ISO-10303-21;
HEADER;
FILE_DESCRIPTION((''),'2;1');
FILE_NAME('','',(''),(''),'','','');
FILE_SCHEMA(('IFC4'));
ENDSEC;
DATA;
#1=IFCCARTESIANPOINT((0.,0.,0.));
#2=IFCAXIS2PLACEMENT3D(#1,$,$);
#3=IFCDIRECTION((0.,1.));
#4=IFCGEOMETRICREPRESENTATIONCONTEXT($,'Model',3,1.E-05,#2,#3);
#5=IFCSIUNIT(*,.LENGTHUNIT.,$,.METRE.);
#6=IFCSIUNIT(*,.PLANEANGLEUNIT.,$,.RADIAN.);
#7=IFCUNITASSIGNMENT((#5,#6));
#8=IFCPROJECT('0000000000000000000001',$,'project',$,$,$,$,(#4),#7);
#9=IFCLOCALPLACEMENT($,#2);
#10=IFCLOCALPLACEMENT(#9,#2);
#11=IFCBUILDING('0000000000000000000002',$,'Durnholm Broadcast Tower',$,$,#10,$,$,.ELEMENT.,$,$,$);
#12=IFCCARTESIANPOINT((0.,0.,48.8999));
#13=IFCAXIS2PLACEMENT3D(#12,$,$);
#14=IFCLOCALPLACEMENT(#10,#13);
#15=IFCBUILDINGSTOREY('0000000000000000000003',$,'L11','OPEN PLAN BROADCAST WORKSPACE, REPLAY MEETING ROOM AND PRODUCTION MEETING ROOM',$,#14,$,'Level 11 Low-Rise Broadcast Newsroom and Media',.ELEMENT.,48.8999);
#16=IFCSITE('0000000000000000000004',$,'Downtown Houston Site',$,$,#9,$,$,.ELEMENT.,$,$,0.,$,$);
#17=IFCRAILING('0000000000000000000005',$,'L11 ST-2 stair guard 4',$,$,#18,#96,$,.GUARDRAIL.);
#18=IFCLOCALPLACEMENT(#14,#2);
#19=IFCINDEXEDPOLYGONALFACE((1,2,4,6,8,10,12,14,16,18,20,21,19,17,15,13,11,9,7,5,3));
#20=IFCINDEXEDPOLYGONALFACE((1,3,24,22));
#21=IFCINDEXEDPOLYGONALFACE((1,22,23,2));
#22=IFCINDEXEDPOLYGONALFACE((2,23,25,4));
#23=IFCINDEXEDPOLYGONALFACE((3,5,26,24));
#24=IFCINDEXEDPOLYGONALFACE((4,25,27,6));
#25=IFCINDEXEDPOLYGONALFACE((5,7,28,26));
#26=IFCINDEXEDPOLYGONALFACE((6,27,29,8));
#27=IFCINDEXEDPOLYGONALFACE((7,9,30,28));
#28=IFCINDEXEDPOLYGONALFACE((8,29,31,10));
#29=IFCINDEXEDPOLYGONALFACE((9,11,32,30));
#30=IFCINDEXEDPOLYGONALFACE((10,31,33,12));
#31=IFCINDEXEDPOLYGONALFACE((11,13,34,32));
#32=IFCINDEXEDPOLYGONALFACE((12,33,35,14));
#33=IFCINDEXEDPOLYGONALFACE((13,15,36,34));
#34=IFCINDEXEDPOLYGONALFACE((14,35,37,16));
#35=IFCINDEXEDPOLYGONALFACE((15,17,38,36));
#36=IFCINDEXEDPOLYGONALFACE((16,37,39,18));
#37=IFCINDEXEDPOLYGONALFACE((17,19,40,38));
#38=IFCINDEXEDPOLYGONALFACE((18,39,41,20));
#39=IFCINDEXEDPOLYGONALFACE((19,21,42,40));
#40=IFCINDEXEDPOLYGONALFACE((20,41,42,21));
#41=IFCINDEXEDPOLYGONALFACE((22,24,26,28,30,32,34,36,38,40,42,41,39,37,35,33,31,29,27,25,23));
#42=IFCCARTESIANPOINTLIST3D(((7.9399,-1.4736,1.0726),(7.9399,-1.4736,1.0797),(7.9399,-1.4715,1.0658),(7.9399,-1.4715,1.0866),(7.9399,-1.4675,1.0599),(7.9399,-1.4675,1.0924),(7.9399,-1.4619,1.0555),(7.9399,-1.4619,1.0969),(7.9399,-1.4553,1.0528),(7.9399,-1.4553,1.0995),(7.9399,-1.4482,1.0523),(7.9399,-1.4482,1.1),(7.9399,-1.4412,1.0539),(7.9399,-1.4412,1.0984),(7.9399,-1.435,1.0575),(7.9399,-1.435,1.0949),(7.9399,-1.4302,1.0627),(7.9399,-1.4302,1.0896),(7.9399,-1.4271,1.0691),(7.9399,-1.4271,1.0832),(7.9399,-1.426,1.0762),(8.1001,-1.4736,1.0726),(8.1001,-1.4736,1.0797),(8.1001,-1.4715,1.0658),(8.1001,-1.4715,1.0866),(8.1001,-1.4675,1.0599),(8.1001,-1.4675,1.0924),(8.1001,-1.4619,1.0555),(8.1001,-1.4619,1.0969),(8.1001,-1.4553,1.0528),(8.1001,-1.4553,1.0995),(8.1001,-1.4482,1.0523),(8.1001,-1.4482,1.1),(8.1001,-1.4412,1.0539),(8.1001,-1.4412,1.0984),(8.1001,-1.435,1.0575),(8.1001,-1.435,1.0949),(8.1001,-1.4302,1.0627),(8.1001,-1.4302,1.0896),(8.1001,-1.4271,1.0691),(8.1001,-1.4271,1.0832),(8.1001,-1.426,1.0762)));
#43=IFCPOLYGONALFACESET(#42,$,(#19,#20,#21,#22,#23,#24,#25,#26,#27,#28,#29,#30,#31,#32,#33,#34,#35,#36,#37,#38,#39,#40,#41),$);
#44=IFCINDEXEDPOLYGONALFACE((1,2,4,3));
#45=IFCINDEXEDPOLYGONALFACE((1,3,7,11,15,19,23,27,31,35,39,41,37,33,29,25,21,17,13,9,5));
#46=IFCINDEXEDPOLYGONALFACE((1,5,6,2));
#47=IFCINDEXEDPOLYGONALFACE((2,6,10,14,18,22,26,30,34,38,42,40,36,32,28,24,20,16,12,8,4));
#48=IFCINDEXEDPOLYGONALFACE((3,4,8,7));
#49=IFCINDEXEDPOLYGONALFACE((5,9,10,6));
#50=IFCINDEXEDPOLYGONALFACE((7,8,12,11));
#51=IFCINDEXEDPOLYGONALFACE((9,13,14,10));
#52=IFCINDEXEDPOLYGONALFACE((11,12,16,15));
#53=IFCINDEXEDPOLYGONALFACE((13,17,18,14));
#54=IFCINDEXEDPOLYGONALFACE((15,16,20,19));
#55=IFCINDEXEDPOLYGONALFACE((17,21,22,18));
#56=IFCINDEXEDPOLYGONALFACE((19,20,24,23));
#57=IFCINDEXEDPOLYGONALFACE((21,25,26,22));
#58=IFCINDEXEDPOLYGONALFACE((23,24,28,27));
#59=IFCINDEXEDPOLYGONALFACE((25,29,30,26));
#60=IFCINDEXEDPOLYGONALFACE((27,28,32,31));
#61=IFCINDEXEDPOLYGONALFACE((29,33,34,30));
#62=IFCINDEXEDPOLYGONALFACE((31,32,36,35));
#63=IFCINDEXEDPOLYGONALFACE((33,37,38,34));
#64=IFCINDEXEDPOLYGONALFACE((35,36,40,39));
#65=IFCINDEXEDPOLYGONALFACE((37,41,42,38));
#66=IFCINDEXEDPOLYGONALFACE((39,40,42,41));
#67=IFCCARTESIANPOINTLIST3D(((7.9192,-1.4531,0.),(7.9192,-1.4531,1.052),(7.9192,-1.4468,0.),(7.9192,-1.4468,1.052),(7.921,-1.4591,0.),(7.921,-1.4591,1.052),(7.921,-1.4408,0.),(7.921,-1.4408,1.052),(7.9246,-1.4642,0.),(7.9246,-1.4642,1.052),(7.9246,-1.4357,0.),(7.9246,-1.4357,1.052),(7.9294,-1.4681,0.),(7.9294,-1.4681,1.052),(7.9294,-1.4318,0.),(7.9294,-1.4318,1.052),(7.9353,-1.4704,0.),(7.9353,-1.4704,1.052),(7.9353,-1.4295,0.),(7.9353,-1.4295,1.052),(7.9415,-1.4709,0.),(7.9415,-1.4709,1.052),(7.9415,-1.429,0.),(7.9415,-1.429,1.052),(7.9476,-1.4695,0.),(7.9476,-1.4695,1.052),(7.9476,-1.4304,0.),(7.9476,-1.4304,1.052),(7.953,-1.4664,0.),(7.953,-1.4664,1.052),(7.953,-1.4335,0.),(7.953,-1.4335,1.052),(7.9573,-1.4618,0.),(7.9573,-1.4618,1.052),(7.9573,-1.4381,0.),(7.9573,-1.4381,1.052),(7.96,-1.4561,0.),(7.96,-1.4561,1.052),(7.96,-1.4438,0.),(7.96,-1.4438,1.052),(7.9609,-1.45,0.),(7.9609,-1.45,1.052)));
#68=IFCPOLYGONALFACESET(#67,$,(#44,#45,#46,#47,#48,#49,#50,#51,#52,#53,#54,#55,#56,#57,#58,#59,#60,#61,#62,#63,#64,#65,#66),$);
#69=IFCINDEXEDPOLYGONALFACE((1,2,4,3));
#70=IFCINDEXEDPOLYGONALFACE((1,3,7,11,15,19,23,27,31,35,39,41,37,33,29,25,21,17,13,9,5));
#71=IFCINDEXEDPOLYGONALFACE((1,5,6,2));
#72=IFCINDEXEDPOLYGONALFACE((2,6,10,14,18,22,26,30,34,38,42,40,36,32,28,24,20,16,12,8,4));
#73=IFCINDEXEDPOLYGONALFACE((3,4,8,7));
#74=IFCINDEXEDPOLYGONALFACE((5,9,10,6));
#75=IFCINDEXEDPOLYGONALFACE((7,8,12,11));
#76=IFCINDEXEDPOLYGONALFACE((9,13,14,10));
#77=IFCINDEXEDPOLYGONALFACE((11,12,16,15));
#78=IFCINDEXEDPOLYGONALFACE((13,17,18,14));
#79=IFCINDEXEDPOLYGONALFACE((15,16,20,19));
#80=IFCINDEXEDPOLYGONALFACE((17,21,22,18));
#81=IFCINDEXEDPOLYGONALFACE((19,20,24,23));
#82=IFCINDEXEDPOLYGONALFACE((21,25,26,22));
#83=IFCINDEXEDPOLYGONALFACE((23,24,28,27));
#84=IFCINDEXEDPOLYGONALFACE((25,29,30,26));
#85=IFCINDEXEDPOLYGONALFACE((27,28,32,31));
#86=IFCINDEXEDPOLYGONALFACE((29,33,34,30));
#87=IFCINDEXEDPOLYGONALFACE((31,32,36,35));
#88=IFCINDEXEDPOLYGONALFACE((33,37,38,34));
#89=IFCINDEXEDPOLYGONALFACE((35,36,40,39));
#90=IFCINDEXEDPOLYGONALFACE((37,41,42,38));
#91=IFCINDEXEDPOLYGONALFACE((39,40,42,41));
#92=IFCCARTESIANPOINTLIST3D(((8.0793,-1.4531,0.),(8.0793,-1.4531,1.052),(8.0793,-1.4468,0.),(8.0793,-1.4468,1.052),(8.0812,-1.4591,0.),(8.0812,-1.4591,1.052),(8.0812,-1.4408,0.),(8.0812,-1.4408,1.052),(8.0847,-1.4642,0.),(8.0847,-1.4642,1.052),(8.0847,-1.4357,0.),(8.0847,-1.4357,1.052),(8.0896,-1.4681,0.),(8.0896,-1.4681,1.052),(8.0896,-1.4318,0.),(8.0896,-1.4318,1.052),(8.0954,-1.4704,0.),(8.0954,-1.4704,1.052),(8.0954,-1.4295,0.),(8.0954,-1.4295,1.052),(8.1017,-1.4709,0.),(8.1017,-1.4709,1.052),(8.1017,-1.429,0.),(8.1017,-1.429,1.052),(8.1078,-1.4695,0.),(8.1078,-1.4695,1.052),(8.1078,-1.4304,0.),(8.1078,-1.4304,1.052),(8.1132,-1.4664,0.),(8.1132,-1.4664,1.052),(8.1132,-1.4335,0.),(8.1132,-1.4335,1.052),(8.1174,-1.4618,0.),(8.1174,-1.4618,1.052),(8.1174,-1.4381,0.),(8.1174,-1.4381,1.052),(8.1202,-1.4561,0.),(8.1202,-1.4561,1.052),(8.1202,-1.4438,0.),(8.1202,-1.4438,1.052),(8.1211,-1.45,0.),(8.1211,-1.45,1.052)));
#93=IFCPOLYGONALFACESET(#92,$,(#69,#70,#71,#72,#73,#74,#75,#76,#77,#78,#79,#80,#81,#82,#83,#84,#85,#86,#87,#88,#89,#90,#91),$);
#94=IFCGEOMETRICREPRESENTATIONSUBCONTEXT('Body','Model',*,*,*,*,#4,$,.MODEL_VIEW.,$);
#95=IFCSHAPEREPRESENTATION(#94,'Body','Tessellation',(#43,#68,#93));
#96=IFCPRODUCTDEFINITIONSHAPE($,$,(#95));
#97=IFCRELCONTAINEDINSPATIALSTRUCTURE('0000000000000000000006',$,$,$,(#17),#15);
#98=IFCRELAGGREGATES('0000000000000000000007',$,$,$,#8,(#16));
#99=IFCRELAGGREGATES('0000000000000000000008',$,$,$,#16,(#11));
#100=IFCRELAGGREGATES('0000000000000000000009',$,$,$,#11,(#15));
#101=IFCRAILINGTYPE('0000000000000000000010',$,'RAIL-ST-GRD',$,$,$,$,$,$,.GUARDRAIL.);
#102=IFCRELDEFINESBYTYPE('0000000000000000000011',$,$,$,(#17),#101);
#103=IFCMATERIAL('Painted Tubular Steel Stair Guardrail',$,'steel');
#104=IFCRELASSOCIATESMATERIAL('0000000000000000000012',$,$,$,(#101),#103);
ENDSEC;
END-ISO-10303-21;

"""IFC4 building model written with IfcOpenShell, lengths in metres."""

from ifc_helpers import new_model, si_unit, direction, frame, origin, origin_2d, place, context, subcontext, project, spatial, circle, extrude, material, type_object, element, save


model = new_model("IFC4")

# Units and contexts
model_context = context("Model", 3, precision=1e-05, world=origin(), true_north=direction((0.0, 1.0)))
body_context = subcontext(model_context, "Body", "Model", "MODEL_VIEW")
ifc_project = project(units=[si_unit("LENGTHUNIT", "METRE"), si_unit("PLANEANGLEUNIT", "RADIAN")], contexts=[model_context])

# Site, building, storey
site_placement = place(None, origin())
site = spatial("IfcSite", under=ifc_project, at=site_placement, Name="Downtown Houston Site", CompositionType="ELEMENT", RefElevation=0.0)
building_placement = place(site_placement, origin())
building = spatial("IfcBuilding", under=site, at=building_placement, Name="Durnholm Broadcast Tower", CompositionType="ELEMENT")
storey_placement = place(building_placement, frame((0.0, 0.0, 48.8999)))
storey = spatial("IfcBuildingStorey", under=building, at=storey_placement, Name="L11", Description="OPEN PLAN BROADCAST WORKSPACE, REPLAY MEETING ROOM AND PRODUCTION MEETING ROOM", LongName="Level 11 Low-Rise Broadcast Newsroom and Media", CompositionType="ELEMENT", Elevation=48.8999)

# Railing
ifc_material_1 = material(Name="Painted Tubular Steel Stair Guardrail", Category="steel")
railing_type_1 = type_object("IfcRailingType", Name="RAIL-ST-GRD", PredefinedType="GUARDRAIL", material=ifc_material_1)
railing_1_placement = place(storey_placement, frame((7.9399, -1.45, 0.0)))
element("IfcRailing", 1, at=railing_1_placement, inside=storey, type_object=railing_type_1, Name="L11 ST-2 stair guard 4", PredefinedType="GUARDRAIL", context=body_context, shape_type="SweptSolid", body=[
    extrude(circle(Radius=0.0239, at=origin_2d()), frame((0.0, 0.0, 1.0762), z_axis=(1.0, 0.0, 0.0), x_axis=(0.0, 1.0, 0.0)), (0.0, 0.0, 1.0), 0.1602),
    extrude(circle(Radius=0.021, at=origin_2d()), origin(), (0.0, 0.0, 1.0), 1.052),
    extrude(circle(Radius=0.021, at=origin_2d()), frame((0.1602, 0.0, 0.0)), (0.0, 0.0, 1.0), 1.052),
])

save(model, "model.ifc")
